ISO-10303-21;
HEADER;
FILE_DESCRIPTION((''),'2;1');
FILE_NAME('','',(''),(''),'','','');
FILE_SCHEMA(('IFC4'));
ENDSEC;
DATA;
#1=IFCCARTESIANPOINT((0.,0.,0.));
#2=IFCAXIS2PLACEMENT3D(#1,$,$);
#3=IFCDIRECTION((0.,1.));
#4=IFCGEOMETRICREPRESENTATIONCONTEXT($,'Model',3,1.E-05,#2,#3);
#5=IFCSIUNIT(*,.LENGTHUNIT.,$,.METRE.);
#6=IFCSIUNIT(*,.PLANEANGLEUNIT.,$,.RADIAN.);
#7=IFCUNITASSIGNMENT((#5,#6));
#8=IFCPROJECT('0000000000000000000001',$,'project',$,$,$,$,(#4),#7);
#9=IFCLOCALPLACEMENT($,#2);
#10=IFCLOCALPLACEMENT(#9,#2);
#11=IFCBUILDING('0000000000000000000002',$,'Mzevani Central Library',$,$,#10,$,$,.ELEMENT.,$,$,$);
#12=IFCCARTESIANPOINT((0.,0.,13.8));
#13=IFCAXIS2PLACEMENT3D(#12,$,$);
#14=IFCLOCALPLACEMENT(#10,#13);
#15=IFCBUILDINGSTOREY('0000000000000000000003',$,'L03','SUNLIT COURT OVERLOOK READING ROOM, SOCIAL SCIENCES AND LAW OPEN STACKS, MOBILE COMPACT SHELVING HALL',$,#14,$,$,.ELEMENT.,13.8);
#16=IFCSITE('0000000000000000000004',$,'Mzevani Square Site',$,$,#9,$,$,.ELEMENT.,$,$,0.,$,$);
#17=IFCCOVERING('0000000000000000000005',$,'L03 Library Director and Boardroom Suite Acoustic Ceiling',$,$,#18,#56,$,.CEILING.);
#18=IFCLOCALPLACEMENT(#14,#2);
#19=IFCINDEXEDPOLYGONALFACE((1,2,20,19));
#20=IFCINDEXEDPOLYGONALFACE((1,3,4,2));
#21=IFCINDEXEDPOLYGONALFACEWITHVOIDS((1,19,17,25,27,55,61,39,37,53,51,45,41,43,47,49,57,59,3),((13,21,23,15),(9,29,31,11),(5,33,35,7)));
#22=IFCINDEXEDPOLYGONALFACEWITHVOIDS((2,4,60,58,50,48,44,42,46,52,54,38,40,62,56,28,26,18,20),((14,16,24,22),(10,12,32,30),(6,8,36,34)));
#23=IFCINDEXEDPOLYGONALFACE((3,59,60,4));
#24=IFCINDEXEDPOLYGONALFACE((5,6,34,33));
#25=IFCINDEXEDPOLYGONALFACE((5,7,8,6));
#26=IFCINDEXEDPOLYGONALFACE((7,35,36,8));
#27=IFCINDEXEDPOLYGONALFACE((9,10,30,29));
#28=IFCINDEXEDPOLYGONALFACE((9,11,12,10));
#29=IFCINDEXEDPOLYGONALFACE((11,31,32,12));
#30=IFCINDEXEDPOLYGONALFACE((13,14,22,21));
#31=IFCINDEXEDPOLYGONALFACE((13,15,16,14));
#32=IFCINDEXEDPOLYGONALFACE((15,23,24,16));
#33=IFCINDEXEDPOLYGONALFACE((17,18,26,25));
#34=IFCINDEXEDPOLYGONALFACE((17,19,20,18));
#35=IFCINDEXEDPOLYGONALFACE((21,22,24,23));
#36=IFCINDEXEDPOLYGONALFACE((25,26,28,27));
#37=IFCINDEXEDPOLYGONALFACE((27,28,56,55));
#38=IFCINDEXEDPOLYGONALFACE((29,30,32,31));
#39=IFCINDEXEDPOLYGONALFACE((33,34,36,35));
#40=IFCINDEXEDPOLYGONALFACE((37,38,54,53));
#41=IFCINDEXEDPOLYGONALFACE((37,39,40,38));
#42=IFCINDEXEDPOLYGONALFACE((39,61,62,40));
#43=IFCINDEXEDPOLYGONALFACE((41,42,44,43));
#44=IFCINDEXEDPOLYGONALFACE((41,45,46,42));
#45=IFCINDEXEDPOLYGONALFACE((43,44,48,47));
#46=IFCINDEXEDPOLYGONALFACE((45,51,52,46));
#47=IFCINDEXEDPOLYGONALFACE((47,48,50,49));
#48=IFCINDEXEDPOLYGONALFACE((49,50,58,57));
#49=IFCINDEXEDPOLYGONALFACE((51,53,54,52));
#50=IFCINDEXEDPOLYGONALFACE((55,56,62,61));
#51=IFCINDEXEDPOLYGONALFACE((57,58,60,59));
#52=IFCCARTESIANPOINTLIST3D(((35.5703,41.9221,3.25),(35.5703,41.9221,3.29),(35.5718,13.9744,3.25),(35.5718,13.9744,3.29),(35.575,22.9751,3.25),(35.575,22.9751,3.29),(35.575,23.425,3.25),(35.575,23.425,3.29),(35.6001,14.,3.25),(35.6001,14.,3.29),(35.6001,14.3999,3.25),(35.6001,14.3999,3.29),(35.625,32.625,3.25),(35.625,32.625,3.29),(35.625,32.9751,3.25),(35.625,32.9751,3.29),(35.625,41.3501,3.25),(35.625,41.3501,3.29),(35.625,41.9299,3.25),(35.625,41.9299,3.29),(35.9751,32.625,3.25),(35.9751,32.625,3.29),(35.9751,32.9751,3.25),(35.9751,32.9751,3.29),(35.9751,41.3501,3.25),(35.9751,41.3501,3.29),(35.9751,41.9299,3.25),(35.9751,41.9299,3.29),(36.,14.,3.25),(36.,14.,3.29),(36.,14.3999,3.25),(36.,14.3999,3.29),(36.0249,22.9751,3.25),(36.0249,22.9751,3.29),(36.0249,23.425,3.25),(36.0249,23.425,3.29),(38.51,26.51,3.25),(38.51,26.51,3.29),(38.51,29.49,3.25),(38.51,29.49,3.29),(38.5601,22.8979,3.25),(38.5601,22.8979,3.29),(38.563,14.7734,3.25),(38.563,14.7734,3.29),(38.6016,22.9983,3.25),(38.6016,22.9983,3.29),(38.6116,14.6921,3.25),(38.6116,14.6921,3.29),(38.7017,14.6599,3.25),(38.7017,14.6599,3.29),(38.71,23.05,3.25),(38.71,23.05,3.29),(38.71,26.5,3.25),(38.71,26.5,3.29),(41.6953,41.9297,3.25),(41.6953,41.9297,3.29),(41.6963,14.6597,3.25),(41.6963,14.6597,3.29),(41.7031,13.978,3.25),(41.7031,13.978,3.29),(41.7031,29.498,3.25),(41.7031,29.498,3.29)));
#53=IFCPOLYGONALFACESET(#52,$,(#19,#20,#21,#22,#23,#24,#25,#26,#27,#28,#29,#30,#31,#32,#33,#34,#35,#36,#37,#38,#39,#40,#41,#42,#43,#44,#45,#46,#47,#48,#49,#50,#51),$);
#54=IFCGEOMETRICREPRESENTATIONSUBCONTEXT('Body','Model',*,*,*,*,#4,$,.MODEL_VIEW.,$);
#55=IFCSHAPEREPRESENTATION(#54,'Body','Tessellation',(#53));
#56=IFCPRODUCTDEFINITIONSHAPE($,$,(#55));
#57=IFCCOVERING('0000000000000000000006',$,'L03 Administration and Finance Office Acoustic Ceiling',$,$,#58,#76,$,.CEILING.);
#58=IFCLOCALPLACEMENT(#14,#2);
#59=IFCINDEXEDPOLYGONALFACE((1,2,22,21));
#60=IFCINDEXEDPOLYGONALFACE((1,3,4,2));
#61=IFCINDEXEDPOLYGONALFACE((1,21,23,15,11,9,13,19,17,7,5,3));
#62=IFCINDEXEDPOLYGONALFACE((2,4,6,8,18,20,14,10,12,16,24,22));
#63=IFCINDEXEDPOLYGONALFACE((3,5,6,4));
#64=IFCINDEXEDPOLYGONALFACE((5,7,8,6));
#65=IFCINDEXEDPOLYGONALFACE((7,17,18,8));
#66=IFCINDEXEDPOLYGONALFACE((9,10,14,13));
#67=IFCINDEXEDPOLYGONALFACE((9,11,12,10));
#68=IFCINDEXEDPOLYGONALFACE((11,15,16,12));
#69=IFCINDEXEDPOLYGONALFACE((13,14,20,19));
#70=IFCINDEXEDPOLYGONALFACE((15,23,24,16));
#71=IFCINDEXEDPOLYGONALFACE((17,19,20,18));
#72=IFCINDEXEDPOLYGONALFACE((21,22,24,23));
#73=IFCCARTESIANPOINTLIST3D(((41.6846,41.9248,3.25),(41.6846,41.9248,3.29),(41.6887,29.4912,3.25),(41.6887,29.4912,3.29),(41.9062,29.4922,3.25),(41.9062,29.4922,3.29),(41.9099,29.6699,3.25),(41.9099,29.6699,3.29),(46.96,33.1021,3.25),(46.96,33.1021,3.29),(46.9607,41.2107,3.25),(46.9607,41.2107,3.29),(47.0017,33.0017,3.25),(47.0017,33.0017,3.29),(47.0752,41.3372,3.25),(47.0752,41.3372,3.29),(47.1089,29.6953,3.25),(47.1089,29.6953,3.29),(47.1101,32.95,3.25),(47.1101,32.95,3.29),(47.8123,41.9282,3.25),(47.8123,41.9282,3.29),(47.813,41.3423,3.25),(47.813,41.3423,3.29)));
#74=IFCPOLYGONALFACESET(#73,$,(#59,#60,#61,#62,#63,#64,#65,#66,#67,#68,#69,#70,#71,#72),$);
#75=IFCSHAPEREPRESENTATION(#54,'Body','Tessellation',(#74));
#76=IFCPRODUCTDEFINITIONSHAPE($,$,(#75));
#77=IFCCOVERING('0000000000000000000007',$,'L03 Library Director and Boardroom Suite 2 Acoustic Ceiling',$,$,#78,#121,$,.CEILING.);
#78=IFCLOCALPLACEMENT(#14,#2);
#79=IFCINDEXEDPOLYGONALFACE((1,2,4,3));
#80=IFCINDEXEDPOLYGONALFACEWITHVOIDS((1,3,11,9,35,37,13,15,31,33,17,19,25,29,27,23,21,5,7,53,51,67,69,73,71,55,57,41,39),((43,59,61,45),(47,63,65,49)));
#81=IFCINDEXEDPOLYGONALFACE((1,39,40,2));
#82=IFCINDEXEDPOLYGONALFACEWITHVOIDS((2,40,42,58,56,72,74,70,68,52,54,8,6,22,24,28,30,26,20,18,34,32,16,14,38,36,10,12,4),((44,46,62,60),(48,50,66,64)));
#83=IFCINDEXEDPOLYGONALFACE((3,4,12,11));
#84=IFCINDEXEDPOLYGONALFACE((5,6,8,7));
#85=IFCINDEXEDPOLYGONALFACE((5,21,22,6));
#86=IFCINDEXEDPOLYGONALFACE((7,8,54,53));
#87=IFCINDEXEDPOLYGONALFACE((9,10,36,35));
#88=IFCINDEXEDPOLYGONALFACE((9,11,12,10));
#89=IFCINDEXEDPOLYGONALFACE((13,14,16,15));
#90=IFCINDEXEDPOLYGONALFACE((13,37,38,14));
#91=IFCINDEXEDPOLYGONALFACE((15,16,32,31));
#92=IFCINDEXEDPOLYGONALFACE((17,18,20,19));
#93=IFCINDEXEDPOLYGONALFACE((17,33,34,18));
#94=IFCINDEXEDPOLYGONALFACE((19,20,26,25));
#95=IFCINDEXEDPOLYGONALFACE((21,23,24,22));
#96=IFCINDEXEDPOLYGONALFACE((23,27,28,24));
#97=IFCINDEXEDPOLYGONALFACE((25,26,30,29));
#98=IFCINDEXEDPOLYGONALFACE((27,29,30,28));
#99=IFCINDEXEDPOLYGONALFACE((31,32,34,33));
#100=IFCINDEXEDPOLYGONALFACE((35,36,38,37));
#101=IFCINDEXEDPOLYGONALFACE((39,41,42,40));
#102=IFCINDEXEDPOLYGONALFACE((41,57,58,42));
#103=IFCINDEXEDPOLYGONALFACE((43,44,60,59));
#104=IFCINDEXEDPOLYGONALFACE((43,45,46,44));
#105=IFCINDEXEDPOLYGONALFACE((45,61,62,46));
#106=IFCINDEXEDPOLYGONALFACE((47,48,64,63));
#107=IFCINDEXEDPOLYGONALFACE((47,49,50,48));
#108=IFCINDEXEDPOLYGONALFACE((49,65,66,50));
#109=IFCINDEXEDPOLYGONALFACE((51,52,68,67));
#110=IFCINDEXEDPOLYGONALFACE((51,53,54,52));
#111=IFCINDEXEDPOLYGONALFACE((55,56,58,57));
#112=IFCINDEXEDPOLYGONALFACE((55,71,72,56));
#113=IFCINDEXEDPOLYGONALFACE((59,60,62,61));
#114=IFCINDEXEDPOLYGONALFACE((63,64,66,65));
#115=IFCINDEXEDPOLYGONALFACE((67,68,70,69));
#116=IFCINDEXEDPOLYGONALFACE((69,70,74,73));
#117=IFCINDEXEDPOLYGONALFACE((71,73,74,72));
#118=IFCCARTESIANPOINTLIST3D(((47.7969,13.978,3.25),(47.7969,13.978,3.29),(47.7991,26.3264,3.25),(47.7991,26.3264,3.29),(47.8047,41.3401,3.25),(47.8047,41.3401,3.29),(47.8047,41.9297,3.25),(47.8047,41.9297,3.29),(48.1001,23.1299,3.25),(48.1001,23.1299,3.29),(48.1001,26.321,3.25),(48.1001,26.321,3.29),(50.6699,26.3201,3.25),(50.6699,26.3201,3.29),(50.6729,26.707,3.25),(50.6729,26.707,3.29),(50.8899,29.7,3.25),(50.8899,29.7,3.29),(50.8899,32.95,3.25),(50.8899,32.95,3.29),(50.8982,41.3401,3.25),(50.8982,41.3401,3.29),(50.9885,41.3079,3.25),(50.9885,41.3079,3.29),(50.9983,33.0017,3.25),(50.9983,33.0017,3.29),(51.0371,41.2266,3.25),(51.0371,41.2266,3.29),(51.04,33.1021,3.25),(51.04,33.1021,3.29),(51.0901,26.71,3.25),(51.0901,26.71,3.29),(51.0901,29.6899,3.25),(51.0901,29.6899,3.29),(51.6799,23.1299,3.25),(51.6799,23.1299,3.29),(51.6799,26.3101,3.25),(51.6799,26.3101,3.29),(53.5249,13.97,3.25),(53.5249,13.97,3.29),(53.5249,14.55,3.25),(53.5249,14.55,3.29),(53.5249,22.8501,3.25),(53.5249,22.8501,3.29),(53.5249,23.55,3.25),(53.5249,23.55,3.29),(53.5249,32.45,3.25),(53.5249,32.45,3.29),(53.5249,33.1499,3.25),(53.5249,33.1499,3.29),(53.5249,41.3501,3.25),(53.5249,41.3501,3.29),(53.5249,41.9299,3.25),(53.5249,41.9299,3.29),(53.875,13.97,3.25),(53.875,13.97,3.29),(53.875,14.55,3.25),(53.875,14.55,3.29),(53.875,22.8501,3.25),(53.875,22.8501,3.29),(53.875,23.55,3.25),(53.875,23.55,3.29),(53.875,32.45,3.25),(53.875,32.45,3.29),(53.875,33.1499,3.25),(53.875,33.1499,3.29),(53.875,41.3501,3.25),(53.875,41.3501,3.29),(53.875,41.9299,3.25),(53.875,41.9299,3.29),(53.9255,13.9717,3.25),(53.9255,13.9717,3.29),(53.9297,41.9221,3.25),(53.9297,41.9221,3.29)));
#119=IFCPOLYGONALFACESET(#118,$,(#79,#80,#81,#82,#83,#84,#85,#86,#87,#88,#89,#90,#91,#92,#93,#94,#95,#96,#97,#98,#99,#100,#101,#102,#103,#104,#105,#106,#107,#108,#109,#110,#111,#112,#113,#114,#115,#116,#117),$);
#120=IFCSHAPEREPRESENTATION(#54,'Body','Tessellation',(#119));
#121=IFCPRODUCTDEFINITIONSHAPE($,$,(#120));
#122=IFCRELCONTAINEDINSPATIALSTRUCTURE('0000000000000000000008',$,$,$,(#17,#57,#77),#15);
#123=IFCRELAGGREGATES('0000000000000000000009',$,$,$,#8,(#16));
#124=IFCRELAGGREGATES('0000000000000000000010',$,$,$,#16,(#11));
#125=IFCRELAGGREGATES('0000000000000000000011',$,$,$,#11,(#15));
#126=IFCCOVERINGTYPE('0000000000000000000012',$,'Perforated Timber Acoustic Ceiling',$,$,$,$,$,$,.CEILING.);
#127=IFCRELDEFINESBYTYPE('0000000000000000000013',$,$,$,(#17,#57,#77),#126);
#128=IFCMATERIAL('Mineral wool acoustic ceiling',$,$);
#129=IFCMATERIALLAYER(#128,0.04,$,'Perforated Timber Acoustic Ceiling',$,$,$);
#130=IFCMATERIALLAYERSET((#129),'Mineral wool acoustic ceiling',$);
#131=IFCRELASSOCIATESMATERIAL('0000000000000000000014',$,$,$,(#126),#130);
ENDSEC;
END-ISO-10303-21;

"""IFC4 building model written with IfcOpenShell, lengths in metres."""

from ifc_helpers import new_model, si_unit, direction, frame, origin, place, context, subcontext, project, spatial, polyline, outline, extrude, material, layer, layer_set, type_object, element, save


model = new_model("IFC4")

# Units and contexts
model_context = context("Model", 3, precision=1e-05, world=origin(), true_north=direction((0.0, 1.0)))
body_context = subcontext(model_context, "Body", "Model", "MODEL_VIEW")
ifc_project = project(units=[si_unit("LENGTHUNIT", "METRE"), si_unit("PLANEANGLEUNIT", "RADIAN")], contexts=[model_context])

# Site, building, storey
site_placement = place(None, origin())
site = spatial("IfcSite", under=ifc_project, at=site_placement, Name="Mzevani Square Site", CompositionType="ELEMENT", RefElevation=0.0)
building_placement = place(site_placement, origin())
building = spatial("IfcBuilding", under=site, at=building_placement, Name="Mzevani Central Library", CompositionType="ELEMENT")
storey_placement = place(building_placement, frame((0.0, 0.0, 13.8)))
storey = spatial("IfcBuildingStorey", under=building, at=storey_placement, Name="L03", Description="SUNLIT COURT OVERLOOK READING ROOM, SOCIAL SCIENCES AND LAW OPEN STACKS, MOBILE COMPACT SHELVING HALL", CompositionType="ELEMENT", Elevation=13.8)

# Coverings
ifc_material_1 = material(Name="Mineral wool acoustic ceiling")
ifc_layer_1 = layer(ifc_material_1, 0.04, Name="Perforated Timber Acoustic Ceiling")
ifc_layer_set_1 = layer_set([ifc_layer_1], Name="Mineral wool acoustic ceiling")
covering_type_1 = type_object("IfcCoveringType", Name="Perforated Timber Acoustic Ceiling", PredefinedType="CEILING", material=ifc_layer_set_1)
covering_1_placement = place(storey_placement, frame((0.0, 0.0, 3.25)))
element("IfcCovering", 1, at=covering_1_placement, inside=storey, type_object=covering_type_1, Name="L03 Library Director and Boardroom Suite Acoustic Ceiling", PredefinedType="CEILING", context=body_context, shape_type="SweptSolid", body=[
    extrude(outline(polyline([(35.5718, 13.9744), (35.5703, 41.9221), (35.625, 41.9299), (35.625, 41.3501), (35.9751, 41.3501), (35.9751, 41.9299), (41.6953, 41.9297), (41.7031, 29.498), (38.51, 29.49), (38.51, 26.51), (38.71, 26.5), (38.71, 23.05), (38.6016, 22.9983), (38.5601, 22.8979), (38.563, 14.7734), (38.6116, 14.6921), (38.7017, 14.6599), (41.6963, 14.6597), (41.7031, 13.978), (35.5718, 13.9744)]), holes=[polyline([(36.0, 14.0), (36.0, 14.3999), (35.6001, 14.3999), (35.6001, 14.0), (36.0, 14.0)]), polyline([(35.575, 22.9751), (36.0249, 22.9751), (36.0249, 23.425), (35.575, 23.425), (35.575, 22.9751)]), polyline([(35.625, 32.9751), (35.625, 32.625), (35.9751, 32.625), (35.9751, 32.9751), (35.625, 32.9751)])]), origin(), (0.0, 0.0, 1.0), 0.04),
])
covering_2_placement = place(storey_placement, frame((0.0, 0.0, 3.25)))
element("IfcCovering", 2, at=covering_2_placement, inside=storey, type_object=covering_type_1, Name="L03 Administration and Finance Office Acoustic Ceiling", PredefinedType="CEILING", context=body_context, shape_type="SweptSolid", body=[
    extrude(outline(polyline([(47.8123, 41.9282), (47.813, 41.3423), (47.0752, 41.3372), (46.9607, 41.2107), (46.96, 33.1021), (47.0017, 33.0017), (47.1101, 32.95), (47.1089, 29.6953), (41.9099, 29.6699), (41.9062, 29.4922), (41.6887, 29.4912), (41.6846, 41.9248), (47.8123, 41.9282)])), origin(), (0.0, 0.0, 1.0), 0.04),
])
covering_3_placement = place(storey_placement, frame((0.0, 0.0, 3.25)))
element("IfcCovering", 3, at=covering_3_placement, inside=storey, type_object=covering_type_1, Name="L03 Library Director and Boardroom Suite 2 Acoustic Ceiling", PredefinedType="CEILING", context=body_context, shape_type="SweptSolid", body=[
    extrude(outline(polyline([(53.9255, 13.9717), (53.875, 13.97), (53.875, 14.55), (53.5249, 14.55), (53.5249, 13.97), (47.7969, 13.978), (47.7991, 26.3264), (48.1001, 26.321), (48.1001, 23.1299), (51.6799, 23.1299), (51.6799, 26.3101), (50.6699, 26.3201), (50.6729, 26.707), (51.0901, 26.71), (51.0901, 29.6899), (50.8899, 29.7), (50.8899, 32.95), (50.9983, 33.0017), (51.04, 33.1021), (51.0371, 41.2266), (50.9885, 41.3079), (50.8982, 41.3401), (47.8047, 41.3401), (47.8047, 41.9297), (53.5249, 41.9299), (53.5249, 41.3501), (53.875, 41.3501), (53.875, 41.9299), (53.9297, 41.9221), (53.9255, 13.9717)]), holes=[polyline([(53.5249, 22.8501), (53.875, 22.8501), (53.875, 23.55), (53.5249, 23.55), (53.5249, 22.8501)]), polyline([(53.5249, 33.1499), (53.5249, 32.45), (53.875, 32.45), (53.875, 33.1499), (53.5249, 33.1499)])]), origin(), (0.0, 0.0, 1.0), 0.04),
])

save(model, "model.ifc")
